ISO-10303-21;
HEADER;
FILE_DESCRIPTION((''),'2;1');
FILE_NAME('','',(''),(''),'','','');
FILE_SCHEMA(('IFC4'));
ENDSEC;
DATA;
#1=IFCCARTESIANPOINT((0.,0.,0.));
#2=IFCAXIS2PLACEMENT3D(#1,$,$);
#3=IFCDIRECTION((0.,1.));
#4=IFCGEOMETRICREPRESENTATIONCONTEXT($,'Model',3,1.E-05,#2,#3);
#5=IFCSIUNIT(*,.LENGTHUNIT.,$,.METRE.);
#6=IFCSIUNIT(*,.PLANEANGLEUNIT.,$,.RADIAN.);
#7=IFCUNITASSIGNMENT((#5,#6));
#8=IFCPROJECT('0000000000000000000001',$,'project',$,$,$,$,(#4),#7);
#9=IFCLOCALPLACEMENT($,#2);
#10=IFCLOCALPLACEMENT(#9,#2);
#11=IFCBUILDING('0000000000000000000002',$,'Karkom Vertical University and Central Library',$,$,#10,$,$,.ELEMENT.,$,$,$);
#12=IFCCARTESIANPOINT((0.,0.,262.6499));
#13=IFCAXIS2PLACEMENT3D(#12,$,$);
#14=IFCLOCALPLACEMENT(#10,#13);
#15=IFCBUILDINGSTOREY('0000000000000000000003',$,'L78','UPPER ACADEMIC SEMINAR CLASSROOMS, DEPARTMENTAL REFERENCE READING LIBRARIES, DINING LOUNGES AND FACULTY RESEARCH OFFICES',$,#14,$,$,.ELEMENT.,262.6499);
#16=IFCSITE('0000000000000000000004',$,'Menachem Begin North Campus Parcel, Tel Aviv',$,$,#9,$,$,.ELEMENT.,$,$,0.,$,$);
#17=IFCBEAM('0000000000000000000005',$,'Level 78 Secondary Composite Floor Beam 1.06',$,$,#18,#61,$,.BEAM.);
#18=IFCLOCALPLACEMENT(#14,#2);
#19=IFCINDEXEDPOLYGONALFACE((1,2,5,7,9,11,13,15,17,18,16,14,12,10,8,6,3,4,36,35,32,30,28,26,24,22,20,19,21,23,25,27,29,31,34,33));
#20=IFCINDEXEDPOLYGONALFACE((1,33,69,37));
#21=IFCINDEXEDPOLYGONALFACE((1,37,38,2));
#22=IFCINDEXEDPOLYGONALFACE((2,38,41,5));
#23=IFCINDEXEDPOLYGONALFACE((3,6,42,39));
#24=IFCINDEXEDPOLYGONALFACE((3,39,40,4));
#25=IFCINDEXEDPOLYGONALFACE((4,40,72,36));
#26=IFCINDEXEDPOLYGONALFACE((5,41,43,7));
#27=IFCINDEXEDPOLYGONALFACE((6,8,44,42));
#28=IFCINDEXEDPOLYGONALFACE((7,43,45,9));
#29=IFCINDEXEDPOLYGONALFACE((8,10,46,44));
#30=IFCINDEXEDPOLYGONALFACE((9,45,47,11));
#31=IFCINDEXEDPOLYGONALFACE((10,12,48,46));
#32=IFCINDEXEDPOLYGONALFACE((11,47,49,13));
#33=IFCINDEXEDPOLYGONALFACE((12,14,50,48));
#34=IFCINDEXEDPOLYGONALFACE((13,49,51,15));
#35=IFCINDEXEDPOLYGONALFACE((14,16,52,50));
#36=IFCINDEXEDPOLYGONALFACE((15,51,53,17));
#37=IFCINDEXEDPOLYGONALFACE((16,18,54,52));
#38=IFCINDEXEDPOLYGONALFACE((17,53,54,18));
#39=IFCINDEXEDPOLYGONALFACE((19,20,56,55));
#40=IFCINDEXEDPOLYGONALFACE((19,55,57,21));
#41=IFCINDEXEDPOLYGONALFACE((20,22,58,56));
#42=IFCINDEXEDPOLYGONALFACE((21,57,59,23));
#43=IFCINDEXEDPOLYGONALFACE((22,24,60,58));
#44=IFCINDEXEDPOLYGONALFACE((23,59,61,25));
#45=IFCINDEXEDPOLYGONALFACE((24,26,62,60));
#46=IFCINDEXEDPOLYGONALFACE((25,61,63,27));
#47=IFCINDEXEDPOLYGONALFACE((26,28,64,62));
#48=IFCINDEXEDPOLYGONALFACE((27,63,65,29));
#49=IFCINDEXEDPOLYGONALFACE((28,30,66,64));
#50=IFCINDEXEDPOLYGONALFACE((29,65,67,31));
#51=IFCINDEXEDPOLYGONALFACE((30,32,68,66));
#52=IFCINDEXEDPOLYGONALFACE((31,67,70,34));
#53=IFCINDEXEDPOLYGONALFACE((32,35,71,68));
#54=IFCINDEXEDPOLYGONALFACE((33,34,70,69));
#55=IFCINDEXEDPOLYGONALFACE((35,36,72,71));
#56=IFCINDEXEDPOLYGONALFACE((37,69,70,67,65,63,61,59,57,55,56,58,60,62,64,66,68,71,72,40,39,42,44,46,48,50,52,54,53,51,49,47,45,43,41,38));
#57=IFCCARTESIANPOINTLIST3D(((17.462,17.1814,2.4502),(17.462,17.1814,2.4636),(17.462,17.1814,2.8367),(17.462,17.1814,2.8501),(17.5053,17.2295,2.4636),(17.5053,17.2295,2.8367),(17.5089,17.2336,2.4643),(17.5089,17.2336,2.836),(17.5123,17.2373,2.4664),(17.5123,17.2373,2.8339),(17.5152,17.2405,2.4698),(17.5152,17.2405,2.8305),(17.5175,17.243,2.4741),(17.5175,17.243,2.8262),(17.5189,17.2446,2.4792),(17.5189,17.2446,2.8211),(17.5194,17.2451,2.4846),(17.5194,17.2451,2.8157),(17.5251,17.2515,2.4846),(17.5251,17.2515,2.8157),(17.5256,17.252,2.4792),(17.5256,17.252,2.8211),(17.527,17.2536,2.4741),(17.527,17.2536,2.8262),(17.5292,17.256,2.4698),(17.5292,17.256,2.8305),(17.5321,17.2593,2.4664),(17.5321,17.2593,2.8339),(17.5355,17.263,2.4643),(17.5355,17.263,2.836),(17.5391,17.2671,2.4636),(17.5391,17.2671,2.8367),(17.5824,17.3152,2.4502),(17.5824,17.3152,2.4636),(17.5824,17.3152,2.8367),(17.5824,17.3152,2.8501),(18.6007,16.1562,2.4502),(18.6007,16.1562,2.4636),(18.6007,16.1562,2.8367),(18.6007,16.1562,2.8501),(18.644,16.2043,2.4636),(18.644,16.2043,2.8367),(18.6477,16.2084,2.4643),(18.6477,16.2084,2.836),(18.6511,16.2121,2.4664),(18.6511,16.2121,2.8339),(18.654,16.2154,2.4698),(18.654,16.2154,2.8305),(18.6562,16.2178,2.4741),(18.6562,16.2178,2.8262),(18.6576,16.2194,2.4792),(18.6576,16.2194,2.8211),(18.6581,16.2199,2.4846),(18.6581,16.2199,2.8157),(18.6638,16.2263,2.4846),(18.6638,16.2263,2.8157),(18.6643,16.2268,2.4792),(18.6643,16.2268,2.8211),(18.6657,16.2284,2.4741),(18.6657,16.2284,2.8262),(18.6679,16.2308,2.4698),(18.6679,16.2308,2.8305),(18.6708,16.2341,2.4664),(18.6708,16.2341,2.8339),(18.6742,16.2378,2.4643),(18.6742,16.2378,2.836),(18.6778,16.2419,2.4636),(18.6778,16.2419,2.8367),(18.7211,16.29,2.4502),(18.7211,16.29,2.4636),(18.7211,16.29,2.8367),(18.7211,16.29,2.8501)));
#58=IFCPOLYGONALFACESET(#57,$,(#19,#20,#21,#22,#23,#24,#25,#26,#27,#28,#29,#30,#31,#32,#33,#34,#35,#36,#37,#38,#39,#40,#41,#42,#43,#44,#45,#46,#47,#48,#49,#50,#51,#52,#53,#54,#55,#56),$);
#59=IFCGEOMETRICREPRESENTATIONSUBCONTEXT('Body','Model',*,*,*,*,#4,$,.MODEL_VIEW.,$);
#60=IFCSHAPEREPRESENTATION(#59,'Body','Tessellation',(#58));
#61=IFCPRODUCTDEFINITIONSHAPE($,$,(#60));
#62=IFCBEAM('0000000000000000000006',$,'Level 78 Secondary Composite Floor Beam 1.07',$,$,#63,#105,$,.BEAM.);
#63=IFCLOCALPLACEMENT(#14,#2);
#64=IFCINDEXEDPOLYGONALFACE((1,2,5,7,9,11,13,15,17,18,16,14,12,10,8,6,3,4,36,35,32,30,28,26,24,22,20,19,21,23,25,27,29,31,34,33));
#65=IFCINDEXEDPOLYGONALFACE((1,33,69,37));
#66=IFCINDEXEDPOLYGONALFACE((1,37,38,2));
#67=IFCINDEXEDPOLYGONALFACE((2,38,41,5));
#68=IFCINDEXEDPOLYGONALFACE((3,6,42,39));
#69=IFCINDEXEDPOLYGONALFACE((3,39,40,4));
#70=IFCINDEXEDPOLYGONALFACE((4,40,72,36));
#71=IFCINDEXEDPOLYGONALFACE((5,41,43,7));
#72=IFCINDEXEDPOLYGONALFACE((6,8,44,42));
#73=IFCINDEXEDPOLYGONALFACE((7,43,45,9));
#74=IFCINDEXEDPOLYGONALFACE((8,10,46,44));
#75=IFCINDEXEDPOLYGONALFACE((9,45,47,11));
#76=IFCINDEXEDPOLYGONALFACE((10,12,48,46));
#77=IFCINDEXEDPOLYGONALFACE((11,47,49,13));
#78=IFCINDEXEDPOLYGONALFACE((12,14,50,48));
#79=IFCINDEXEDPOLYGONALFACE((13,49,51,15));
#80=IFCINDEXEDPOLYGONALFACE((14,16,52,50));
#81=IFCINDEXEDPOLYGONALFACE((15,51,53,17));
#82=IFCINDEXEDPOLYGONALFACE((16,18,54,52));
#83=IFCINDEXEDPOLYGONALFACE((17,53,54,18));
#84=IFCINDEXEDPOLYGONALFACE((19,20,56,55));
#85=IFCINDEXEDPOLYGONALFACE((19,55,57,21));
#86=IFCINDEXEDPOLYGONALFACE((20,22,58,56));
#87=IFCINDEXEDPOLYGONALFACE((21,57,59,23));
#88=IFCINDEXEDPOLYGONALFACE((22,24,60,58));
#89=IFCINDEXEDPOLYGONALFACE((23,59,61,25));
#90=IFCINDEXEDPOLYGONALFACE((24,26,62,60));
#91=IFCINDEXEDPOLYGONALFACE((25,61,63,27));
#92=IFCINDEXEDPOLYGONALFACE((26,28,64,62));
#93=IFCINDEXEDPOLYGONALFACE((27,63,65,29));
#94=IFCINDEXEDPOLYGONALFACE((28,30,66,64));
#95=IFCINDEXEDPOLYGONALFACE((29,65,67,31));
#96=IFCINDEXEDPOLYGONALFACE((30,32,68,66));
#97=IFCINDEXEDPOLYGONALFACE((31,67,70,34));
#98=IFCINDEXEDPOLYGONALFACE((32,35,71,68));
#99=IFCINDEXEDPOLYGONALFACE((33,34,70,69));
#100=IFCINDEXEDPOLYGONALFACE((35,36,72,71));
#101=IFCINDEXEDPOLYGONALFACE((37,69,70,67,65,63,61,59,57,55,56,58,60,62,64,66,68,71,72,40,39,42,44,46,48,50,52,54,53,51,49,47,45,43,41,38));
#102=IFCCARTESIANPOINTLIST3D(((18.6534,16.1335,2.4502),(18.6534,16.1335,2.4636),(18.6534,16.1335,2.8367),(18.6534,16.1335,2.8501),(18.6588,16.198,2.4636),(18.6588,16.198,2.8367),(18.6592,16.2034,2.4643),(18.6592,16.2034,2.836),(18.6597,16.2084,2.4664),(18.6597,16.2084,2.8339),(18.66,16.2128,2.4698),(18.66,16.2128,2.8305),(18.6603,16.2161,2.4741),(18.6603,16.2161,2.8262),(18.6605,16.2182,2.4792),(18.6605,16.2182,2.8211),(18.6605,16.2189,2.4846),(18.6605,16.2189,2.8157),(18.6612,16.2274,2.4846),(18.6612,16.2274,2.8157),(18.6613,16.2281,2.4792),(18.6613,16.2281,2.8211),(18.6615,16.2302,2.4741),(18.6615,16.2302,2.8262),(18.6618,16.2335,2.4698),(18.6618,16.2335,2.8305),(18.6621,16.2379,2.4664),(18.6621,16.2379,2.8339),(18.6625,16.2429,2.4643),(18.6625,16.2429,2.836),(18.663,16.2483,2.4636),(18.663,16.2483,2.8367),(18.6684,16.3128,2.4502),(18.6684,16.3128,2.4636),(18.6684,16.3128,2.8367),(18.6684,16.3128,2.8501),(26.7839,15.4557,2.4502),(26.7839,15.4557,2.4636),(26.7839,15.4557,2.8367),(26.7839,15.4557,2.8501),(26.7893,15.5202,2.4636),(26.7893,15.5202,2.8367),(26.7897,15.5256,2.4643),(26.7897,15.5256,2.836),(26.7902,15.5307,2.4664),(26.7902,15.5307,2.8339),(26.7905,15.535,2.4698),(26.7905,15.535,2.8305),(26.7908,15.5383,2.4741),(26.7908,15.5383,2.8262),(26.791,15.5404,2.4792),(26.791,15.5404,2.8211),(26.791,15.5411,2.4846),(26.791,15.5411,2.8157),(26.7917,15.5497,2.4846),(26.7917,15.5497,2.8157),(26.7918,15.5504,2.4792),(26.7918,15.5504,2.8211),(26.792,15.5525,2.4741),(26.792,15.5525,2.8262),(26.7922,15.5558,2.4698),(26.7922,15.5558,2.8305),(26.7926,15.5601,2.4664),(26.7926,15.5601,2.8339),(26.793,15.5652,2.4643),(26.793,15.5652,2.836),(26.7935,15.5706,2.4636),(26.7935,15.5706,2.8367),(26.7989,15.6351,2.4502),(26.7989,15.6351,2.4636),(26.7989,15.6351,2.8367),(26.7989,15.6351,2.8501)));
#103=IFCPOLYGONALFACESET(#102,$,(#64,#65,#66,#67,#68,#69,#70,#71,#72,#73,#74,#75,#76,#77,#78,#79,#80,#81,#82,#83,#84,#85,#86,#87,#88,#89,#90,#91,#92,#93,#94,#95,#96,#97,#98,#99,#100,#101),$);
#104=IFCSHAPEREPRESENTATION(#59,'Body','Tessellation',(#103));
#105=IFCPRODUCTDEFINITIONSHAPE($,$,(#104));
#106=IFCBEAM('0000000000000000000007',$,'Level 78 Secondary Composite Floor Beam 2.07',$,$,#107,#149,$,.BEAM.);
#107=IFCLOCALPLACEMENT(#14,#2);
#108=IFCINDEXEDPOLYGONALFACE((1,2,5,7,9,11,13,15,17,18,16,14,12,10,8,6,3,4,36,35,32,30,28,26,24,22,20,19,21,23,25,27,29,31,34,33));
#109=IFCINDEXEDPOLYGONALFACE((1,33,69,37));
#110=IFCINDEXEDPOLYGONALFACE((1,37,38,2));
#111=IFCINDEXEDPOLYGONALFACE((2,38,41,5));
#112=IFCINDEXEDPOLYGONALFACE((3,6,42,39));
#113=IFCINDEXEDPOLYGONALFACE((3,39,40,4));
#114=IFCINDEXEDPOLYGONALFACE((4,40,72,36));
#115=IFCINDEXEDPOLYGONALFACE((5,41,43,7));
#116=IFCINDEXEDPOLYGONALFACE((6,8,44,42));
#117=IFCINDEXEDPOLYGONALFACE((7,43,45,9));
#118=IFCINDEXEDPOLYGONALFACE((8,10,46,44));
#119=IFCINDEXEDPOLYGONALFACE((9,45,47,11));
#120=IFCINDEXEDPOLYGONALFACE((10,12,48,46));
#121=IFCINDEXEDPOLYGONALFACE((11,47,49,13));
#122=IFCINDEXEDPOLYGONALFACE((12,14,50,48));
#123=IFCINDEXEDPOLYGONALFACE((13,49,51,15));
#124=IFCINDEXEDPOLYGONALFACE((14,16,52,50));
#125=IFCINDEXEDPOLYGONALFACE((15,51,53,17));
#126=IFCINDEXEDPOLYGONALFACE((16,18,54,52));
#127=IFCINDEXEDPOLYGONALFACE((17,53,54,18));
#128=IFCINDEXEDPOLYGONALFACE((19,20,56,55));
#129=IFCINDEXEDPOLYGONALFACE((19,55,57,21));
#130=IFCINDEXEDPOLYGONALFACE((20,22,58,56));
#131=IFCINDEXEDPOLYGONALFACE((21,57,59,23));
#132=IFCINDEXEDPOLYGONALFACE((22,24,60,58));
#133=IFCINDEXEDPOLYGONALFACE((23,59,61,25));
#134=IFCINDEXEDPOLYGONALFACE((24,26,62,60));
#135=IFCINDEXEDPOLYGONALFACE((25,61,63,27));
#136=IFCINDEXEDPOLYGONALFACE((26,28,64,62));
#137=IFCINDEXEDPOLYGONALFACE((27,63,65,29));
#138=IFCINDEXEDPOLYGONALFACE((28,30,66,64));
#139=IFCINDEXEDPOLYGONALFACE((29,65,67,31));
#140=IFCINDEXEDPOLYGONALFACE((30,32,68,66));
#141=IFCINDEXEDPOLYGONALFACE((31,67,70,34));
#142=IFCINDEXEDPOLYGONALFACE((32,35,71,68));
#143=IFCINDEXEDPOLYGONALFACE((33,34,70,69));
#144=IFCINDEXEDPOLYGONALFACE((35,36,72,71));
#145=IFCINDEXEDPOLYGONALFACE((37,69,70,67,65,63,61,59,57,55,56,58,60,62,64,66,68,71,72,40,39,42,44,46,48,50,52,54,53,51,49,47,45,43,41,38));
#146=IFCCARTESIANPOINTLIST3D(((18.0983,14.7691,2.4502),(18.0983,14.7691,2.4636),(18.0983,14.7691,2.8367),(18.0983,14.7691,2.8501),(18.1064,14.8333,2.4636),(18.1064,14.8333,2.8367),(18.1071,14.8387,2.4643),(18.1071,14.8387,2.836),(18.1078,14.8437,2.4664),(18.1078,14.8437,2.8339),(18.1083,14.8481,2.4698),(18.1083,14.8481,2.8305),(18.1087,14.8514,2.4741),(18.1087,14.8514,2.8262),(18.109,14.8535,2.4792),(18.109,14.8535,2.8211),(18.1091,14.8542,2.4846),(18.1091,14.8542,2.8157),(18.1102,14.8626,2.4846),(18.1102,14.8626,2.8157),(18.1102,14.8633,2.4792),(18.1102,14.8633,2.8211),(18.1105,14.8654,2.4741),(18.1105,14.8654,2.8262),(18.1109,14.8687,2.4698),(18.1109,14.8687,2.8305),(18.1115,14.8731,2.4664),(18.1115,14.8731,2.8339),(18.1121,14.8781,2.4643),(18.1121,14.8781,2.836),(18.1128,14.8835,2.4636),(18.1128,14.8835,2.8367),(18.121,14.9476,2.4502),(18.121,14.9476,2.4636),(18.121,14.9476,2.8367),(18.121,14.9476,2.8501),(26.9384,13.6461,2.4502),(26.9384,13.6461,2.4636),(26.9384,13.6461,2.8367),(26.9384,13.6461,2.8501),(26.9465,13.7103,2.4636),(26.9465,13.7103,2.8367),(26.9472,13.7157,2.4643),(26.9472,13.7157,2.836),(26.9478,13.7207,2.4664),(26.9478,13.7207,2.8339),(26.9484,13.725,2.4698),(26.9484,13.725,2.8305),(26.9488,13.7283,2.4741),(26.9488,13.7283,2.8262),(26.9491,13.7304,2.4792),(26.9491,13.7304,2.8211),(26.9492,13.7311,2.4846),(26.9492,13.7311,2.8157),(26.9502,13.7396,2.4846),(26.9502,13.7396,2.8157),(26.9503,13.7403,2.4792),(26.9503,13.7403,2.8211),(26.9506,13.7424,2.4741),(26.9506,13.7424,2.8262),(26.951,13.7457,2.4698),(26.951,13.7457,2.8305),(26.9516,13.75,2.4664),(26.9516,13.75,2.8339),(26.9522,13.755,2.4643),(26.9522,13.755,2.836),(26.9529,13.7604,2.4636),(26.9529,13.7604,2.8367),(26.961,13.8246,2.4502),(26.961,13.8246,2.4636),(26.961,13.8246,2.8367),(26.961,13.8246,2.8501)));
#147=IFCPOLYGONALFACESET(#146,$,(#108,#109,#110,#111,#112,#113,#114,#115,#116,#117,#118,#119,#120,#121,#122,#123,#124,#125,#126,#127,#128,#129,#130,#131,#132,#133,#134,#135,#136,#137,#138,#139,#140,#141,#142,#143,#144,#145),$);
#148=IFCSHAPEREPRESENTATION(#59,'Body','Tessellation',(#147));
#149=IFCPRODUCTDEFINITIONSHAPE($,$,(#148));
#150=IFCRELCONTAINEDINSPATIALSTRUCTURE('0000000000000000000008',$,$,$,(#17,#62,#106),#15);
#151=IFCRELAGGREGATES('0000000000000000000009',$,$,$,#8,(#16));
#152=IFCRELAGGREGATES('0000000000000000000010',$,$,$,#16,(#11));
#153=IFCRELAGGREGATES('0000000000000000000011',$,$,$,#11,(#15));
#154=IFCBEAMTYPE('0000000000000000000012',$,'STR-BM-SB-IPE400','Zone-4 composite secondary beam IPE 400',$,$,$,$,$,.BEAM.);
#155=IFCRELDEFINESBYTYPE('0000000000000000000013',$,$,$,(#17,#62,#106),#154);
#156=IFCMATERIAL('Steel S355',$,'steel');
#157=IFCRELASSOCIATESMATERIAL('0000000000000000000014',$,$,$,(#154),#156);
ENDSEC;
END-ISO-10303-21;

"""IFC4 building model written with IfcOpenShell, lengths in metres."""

from ifc_helpers import new_model, si_unit, direction, frame, origin, origin_with_axes, origin_2d, place, context, subcontext, project, spatial, i_section, extrude, source, transform, mapped, material, material_profile, profile_set, type_object, element, save


model = new_model("IFC4")

# Units and contexts
model_context = context("Model", 3, precision=1e-05, world=origin(), true_north=direction((0.0, 1.0)))
body_context = subcontext(model_context, "Body", "Model", "MODEL_VIEW")
ifc_project = project(units=[si_unit("LENGTHUNIT", "METRE"), si_unit("PLANEANGLEUNIT", "RADIAN")], contexts=[model_context])

# Site, building, storey
site_placement = place(None, origin())
site = spatial("IfcSite", under=ifc_project, at=site_placement, Name="Menachem Begin North Campus Parcel, Tel Aviv", CompositionType="ELEMENT", RefElevation=0.0)
building_placement = place(site_placement, origin())
building = spatial("IfcBuilding", under=site, at=building_placement, Name="Karkom Vertical University and Central Library", CompositionType="ELEMENT")
storey_placement = place(building_placement, frame((0.0, 0.0, 262.6499)))
storey = spatial("IfcBuildingStorey", under=building, at=storey_placement, Name="L78", Description="UPPER ACADEMIC SEMINAR CLASSROOMS, DEPARTMENTAL REFERENCE READING LIBRARIES, DINING LOUNGES AND FACULTY RESEARCH OFFICES", CompositionType="ELEMENT", Elevation=262.6499)

# Beams
ifc_material_1 = material(Name="Steel S355", Category="steel")
ifc_material_profile_1 = material_profile(ifc_material_1, i_section(OverallWidth=0.1799, OverallDepth=0.3999, WebThickness=0.0085, FlangeThickness=0.0134, FilletRadius=0.021, at=origin_2d()), Name="IPE 400")
ifc_profile_set_1 = profile_set([ifc_material_profile_1], Name="Steel S355")
beam_type_1 = type_object("IfcBeamType", Name="STR-BM-SB-IPE400", Description="Zone-4 composite secondary beam IPE 400", PredefinedType="BEAM", material=ifc_profile_set_1)
shared_shape_1 = source(origin_with_axes(), body_context, "Body", "SweptSolid", [
    extrude(i_section(OverallWidth=0.1799, OverallDepth=0.3999, WebThickness=0.0085, FlangeThickness=0.0134, FilletRadius=0.021, at=origin_2d()), origin(), (0.0, 0.0, 1.0), 1.5322),
])
beam_1_placement = place(storey_placement, frame((17.5222, 17.2483, 2.6501), z_axis=(0.743183, -0.669088, 0.0), x_axis=(0.669088, 0.743183, 0.0)))
element("IfcBeam", 1, at=beam_1_placement, inside=storey, type_object=beam_type_1, Name="Level 78 Secondary Composite Floor Beam 1.06", PredefinedType="BEAM", context=body_context, shape_type="MappedRepresentation", body=[
    mapped(shared_shape_1, transform((0.0, 0.0, 0.0), scale=1.0)),
])
shared_shape_2 = source(origin_with_axes(), body_context, "Body", "SweptSolid", [
    extrude(i_section(OverallWidth=0.1799, OverallDepth=0.3999, WebThickness=0.0085, FlangeThickness=0.0134, FilletRadius=0.021, at=origin_2d()), origin(), (0.0, 0.0, 1.0), 8.1587),
])
beam_2_placement = place(storey_placement, frame((18.6609, 16.2231, 2.6501), z_axis=(0.996544, -0.08307, 0.0), x_axis=(0.08307, 0.996544, 0.0)))
element("IfcBeam", 2, at=beam_2_placement, inside=storey, type_object=beam_type_1, Name="Level 78 Secondary Composite Floor Beam 1.07", PredefinedType="BEAM", context=body_context, shape_type="MappedRepresentation", body=[
    mapped(shared_shape_2, transform((0.0, 0.0, 0.0), scale=1.0)),
])
shared_shape_3 = source(origin_with_axes(), body_context, "Body", "SweptSolid", [
    extrude(i_section(OverallWidth=0.1799, OverallDepth=0.3999, WebThickness=0.0085, FlangeThickness=0.0134, FilletRadius=0.021, at=origin_2d()), origin(), (0.0, 0.0, 1.0), 8.9111),
])
beam_3_placement = place(storey_placement, frame((18.1096, 14.8584, 2.6501), z_axis=(0.992027, -0.126027, 0.0), x_axis=(0.126027, 0.992027, 0.0)))
element("IfcBeam", 3, at=beam_3_placement, inside=storey, type_object=beam_type_1, Name="Level 78 Secondary Composite Floor Beam 2.07", PredefinedType="BEAM", context=body_context, shape_type="MappedRepresentation", body=[
    mapped(shared_shape_3, transform((0.0, 0.0, 0.0), scale=1.0)),
])

save(model, "model.ifc")
